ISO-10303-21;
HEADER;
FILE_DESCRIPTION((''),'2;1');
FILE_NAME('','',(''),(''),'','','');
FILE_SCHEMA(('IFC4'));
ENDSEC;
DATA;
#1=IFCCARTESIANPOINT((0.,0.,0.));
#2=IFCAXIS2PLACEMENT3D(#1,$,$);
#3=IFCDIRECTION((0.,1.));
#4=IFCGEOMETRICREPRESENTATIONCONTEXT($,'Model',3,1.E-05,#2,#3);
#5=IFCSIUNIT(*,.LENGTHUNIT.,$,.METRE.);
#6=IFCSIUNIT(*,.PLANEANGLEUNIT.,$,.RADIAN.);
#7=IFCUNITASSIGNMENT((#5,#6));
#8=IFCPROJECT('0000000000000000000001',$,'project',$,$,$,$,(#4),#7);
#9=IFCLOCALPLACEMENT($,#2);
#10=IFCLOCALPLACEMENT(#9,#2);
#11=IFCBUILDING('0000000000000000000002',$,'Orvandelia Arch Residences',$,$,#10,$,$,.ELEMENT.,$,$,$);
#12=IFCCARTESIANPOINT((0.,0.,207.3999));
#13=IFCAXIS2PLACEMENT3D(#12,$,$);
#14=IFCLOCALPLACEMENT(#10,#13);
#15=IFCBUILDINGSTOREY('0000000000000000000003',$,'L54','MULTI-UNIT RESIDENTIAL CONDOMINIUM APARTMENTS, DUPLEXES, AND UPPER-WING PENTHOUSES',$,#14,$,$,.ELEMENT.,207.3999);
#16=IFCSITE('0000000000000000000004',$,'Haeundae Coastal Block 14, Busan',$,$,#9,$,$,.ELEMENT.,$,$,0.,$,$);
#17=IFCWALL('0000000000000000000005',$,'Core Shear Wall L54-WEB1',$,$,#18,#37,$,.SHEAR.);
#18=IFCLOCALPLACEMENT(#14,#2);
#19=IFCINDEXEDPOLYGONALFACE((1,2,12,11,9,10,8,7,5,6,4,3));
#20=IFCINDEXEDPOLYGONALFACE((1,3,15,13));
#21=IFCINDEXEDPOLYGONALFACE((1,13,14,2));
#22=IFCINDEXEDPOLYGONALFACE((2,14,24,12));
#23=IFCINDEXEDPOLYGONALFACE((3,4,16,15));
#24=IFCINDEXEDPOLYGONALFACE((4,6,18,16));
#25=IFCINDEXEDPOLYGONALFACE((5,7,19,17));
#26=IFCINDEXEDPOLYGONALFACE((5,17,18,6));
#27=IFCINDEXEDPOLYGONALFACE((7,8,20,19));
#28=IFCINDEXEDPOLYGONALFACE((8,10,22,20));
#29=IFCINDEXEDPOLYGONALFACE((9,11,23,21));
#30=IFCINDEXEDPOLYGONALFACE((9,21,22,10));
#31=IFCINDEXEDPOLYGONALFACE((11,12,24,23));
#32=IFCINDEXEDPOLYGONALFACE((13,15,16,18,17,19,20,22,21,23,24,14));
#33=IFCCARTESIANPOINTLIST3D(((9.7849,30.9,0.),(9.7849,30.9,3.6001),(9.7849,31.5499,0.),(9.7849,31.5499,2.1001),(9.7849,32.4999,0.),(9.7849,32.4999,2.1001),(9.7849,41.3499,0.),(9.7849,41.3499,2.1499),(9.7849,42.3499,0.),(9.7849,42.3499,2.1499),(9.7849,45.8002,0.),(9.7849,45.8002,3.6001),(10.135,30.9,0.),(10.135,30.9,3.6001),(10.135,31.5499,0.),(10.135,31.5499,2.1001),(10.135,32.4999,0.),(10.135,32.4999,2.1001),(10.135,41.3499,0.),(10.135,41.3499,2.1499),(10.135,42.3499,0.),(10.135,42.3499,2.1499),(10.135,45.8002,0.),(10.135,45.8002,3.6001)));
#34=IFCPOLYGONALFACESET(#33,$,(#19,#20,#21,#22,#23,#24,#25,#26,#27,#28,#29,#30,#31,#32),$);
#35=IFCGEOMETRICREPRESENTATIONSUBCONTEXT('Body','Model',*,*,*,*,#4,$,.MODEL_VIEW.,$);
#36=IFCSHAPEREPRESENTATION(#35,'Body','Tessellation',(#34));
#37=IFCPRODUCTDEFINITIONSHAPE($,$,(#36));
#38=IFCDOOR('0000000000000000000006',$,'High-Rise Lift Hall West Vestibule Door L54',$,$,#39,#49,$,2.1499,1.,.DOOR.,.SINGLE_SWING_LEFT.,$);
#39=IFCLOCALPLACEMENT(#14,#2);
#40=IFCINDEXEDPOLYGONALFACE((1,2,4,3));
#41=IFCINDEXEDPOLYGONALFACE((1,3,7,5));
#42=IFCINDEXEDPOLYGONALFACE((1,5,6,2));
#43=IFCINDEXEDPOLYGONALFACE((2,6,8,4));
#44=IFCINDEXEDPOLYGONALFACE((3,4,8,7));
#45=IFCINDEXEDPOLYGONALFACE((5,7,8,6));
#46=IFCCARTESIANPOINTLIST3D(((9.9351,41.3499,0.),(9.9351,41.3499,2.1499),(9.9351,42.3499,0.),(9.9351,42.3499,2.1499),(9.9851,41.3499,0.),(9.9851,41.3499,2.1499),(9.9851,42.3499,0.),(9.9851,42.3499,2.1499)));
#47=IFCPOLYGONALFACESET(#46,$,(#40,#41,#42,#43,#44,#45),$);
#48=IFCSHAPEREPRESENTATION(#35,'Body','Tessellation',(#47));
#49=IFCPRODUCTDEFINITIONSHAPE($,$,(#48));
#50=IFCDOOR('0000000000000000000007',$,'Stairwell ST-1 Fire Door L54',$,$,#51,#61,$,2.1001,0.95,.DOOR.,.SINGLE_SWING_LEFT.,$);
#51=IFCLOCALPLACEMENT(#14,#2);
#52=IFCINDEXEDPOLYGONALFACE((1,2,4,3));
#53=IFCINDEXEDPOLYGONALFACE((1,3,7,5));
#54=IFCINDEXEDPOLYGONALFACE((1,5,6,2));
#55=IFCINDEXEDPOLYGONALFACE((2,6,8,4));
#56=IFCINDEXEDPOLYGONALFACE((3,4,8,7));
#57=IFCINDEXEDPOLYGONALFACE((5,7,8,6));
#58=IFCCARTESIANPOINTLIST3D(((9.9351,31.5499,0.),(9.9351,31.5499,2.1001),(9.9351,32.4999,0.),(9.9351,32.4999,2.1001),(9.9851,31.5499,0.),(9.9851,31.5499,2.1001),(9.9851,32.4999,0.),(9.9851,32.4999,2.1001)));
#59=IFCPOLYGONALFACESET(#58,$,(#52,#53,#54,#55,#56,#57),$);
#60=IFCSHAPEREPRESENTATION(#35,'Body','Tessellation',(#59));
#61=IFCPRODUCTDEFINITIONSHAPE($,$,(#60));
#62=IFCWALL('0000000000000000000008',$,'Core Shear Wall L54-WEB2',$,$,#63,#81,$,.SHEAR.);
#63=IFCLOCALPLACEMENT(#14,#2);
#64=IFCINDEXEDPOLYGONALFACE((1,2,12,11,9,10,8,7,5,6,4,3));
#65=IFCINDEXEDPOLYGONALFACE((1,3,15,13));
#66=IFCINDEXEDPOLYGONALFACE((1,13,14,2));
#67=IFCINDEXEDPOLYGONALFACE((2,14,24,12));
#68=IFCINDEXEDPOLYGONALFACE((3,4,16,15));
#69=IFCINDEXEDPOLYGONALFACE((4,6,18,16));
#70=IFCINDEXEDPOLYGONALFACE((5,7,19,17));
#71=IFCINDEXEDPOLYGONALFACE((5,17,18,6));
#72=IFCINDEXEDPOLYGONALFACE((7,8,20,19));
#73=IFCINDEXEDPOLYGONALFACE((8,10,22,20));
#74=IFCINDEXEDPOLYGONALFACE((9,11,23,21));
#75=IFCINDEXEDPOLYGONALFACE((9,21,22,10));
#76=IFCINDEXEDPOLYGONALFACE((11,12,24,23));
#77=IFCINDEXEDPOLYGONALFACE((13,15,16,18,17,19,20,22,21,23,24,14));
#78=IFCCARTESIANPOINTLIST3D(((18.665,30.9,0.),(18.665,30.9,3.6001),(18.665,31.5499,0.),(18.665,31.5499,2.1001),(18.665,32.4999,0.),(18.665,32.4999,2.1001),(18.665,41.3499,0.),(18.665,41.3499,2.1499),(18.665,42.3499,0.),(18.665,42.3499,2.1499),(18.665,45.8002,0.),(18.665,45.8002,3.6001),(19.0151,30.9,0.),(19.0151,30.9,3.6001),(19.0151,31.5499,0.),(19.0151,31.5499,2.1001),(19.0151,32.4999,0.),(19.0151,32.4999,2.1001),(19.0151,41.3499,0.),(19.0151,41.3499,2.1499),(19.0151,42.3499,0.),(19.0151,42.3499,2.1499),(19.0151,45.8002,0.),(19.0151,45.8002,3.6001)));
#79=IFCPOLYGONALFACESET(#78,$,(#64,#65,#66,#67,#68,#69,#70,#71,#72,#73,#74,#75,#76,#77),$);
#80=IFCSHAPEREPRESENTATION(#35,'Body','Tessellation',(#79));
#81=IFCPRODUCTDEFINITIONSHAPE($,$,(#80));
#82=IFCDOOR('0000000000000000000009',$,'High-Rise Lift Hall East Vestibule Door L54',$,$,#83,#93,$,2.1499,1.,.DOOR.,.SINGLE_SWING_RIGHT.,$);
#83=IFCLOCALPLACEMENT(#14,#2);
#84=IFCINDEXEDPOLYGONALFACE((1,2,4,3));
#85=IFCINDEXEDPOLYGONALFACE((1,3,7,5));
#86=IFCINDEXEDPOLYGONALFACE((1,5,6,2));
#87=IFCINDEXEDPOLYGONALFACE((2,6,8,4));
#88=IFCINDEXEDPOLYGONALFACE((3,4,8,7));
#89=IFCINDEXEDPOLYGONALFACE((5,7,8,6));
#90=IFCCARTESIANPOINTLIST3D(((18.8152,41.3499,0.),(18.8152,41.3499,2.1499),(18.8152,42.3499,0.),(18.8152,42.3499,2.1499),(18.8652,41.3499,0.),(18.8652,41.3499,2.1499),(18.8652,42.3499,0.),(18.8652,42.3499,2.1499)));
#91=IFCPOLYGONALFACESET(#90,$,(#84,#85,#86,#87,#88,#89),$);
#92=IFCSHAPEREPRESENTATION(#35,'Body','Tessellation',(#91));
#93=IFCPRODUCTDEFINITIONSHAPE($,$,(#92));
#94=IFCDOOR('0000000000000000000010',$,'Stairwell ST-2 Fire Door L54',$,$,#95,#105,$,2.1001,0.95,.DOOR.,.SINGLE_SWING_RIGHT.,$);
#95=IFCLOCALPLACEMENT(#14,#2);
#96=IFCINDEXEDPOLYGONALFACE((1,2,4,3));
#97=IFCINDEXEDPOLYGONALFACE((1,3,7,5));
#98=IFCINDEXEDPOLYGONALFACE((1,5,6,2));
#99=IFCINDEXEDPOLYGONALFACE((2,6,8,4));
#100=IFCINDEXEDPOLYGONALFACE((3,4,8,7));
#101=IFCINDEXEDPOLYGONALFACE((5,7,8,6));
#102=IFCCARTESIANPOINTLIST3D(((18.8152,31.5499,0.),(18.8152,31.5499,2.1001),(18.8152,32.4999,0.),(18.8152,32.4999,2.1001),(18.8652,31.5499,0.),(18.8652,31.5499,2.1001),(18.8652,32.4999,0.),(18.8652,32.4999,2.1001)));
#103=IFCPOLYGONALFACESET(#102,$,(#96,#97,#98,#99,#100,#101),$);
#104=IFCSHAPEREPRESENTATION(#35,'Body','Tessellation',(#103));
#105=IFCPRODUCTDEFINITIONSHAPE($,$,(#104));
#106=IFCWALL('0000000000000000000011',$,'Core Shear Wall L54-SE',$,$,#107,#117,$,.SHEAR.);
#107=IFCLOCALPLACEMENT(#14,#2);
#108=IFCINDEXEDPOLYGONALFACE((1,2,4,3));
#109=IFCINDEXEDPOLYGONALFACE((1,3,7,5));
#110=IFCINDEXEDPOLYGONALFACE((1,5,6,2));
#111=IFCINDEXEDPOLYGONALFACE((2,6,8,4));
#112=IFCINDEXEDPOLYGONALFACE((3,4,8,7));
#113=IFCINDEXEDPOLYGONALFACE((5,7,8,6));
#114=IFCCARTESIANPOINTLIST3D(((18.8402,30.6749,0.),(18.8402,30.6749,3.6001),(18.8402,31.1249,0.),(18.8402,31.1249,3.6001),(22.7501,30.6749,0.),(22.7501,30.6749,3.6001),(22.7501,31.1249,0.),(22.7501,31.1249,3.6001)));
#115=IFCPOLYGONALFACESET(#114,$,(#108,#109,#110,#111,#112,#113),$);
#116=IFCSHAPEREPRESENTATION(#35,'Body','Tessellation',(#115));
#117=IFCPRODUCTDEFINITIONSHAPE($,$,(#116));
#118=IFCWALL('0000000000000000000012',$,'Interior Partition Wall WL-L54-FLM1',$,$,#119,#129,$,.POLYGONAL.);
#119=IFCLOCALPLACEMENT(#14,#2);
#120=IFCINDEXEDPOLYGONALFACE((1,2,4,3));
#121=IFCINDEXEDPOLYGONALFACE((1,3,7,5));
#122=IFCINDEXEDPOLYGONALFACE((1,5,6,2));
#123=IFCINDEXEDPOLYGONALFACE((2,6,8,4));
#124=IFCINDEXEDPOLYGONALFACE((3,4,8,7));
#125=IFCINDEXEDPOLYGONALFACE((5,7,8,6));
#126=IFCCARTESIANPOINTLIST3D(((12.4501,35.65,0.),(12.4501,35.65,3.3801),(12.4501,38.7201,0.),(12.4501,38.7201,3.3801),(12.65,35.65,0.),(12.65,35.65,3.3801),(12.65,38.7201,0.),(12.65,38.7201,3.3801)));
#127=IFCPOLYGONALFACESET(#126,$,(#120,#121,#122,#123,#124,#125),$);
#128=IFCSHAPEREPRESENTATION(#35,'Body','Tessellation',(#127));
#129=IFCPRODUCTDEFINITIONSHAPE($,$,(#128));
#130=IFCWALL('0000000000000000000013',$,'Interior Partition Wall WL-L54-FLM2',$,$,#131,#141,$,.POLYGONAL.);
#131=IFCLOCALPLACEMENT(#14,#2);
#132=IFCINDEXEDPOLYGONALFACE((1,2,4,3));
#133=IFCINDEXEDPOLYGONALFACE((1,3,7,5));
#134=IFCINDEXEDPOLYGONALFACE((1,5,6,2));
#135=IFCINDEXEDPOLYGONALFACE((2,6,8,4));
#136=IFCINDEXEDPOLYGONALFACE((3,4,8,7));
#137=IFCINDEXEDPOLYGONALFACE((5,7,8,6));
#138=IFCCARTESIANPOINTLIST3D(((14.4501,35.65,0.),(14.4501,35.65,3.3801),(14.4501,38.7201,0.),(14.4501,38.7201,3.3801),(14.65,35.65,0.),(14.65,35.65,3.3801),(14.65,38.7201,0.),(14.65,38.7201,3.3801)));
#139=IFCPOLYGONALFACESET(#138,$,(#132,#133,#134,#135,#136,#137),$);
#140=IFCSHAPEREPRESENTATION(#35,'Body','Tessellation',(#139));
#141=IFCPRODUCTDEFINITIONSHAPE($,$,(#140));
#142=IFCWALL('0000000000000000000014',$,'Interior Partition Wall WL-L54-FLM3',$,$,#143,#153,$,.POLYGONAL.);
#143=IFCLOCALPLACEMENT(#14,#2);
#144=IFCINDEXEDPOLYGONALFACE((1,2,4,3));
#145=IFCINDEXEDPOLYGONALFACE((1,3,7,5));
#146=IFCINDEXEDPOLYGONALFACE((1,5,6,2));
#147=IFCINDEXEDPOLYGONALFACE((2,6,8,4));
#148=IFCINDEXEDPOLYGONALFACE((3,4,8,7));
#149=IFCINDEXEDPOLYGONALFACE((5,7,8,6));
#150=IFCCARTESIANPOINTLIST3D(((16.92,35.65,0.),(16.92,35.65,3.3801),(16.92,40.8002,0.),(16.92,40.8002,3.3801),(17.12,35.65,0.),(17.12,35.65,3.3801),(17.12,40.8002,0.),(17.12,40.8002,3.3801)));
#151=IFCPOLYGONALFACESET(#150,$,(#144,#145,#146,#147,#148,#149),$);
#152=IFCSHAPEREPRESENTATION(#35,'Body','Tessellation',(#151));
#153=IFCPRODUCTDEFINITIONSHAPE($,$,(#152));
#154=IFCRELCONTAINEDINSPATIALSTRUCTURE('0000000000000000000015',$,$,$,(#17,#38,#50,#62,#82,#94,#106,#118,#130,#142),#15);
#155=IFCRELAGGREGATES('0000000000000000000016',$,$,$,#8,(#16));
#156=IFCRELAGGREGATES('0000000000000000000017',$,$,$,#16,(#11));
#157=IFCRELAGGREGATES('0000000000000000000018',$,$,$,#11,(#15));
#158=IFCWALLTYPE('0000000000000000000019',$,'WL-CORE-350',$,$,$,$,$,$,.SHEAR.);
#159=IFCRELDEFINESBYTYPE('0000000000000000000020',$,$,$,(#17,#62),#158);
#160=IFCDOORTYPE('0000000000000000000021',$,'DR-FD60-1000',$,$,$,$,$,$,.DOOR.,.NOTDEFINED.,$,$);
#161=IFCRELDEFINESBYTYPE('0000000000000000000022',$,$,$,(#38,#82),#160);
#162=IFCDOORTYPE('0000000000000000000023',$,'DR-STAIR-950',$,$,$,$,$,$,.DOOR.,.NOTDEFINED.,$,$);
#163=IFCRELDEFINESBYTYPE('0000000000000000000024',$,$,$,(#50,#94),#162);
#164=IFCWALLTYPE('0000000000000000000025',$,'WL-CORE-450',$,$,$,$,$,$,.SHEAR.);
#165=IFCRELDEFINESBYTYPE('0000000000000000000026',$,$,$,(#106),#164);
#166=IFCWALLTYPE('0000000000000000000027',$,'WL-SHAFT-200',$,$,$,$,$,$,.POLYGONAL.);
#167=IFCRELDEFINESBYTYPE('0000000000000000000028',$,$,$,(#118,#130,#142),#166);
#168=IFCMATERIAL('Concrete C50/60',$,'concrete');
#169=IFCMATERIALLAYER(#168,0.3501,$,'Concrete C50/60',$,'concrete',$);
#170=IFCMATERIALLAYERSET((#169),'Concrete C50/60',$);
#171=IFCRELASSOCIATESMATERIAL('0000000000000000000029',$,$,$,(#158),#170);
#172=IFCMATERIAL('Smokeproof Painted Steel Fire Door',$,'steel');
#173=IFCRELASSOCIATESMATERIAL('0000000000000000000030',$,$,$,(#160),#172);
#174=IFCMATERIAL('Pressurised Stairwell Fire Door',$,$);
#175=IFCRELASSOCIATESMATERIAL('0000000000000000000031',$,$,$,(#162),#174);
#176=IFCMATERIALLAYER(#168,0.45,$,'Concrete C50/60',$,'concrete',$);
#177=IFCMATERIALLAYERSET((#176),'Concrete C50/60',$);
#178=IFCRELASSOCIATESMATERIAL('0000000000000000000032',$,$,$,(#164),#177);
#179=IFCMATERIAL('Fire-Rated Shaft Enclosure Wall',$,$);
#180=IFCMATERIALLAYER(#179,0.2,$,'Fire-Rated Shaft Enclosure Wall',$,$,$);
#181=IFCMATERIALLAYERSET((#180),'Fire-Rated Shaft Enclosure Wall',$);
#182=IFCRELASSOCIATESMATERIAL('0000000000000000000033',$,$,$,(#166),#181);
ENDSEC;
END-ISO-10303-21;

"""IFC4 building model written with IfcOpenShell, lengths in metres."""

from ifc_helpers import new_model, si_unit, direction, frame, frame_2d, origin, place, context, subcontext, project, spatial, rectangle, extrude, material, layer, layer_set, type_object, element, fill, save


model = new_model("IFC4")

# Units and contexts
model_context = context("Model", 3, precision=1e-05, world=origin(), true_north=direction((0.0, 1.0)))
body_context = subcontext(model_context, "Body", "Model", "MODEL_VIEW")
ifc_project = project(units=[si_unit("LENGTHUNIT", "METRE"), si_unit("PLANEANGLEUNIT", "RADIAN")], contexts=[model_context])

# Site, building, storey
site_placement = place(None, origin())
site = spatial("IfcSite", under=ifc_project, at=site_placement, Name="Haeundae Coastal Block 14, Busan", CompositionType="ELEMENT", RefElevation=0.0)
building_placement = place(site_placement, origin())
building = spatial("IfcBuilding", under=site, at=building_placement, Name="Orvandelia Arch Residences", CompositionType="ELEMENT")
storey_placement = place(building_placement, frame((0.0, 0.0, 207.3999)))
storey = spatial("IfcBuildingStorey", under=building, at=storey_placement, Name="L54", Description="MULTI-UNIT RESIDENTIAL CONDOMINIUM APARTMENTS, DUPLEXES, AND UPPER-WING PENTHOUSES", CompositionType="ELEMENT", Elevation=207.3999)

# Walls, openings, doors
ifc_material_1 = material(Name="Concrete C50/60", Category="concrete")
ifc_layer_1 = layer(ifc_material_1, 0.3501, Name="Concrete C50/60", Category="concrete")
ifc_layer_set_1 = layer_set([ifc_layer_1], Name="Concrete C50/60")
wall_type_1 = type_object("IfcWallType", Name="WL-CORE-350", PredefinedType="SHEAR", material=ifc_layer_set_1)
wall_1_placement = place(storey_placement, frame((9.96, 30.8999, 0.0), z_axis=(0.0, 0.0, 1.0), x_axis=(0.0, 1.0, 0.0)))
wall_1 = element("IfcWall", 1, at=wall_1_placement, inside=storey, type_object=wall_type_1, Name="Core Shear Wall L54-WEB1", PredefinedType="SHEAR", context=body_context, shape_type="SweptSolid", body=[
    extrude(rectangle(XDim=14.9001, YDim=0.3501, at=frame_2d((7.4502, 0.0))), origin(), (0.0, 0.0, 1.0), 3.6001),
])
opening_1_placement = place(wall_1_placement, frame((0.6499, 0.0, 0.0)))
opening_1 = element("IfcOpeningElement", 2, at=opening_1_placement, cuts=wall_1, PredefinedType="OPENING", context=body_context, shape_type="SweptSolid", body=[
    extrude(rectangle(XDim=0.95, YDim=2.1001, at=frame_2d((0.4751, 1.05))), frame((0.0, 0.1851, 0.0), z_axis=(0.0, -1.0, 0.0), x_axis=(1.0, 0.0, 0.0)), (0.0, 0.0, 1.0), 0.3701),
])
opening_2_placement = place(wall_1_placement, frame((10.45, 0.0, 0.0)))
opening_2 = element("IfcOpeningElement", 3, at=opening_2_placement, cuts=wall_1, PredefinedType="OPENING", context=body_context, shape_type="SweptSolid", body=[
    extrude(rectangle(XDim=1.0, YDim=2.1499, at=frame_2d((0.5, 1.075))), frame((0.0, 0.1851, 0.0), z_axis=(0.0, -1.0, 0.0), x_axis=(1.0, 0.0, 0.0)), (0.0, 0.0, 1.0), 0.3701),
])
ifc_material_2 = material(Name="Smokeproof Painted Steel Fire Door", Category="steel")
door_type_1 = type_object("IfcDoorType", Name="DR-FD60-1000", OperationType="NOTDEFINED", PredefinedType="DOOR", material=ifc_material_2)
door_1_placement = place(opening_2_placement, origin())
door_1 = element("IfcDoor", 4, at=door_1_placement, inside=storey, type_object=door_type_1, Name="High-Rise Lift Hall West Vestibule Door L54", OperationType="SINGLE_SWING_LEFT", OverallHeight=2.1499, OverallWidth=1.0, PredefinedType="DOOR", context=body_context, shape_type="SweptSolid", body=[
    extrude(rectangle(XDim=1.0, YDim=2.1499, at=frame_2d((0.5, 1.075))), frame((0.0, 0.0249, 0.0), z_axis=(0.0, -1.0, 0.0), x_axis=(1.0, 0.0, 0.0)), (0.0, 0.0, 1.0), 0.05),
])
fill(opening_2, door_1)
ifc_material_3 = material(Name="Pressurised Stairwell Fire Door")
door_type_2 = type_object("IfcDoorType", Name="DR-STAIR-950", OperationType="NOTDEFINED", PredefinedType="DOOR", material=ifc_material_3)
door_2_placement = place(opening_1_placement, origin())
door_2 = element("IfcDoor", 5, at=door_2_placement, inside=storey, type_object=door_type_2, Name="Stairwell ST-1 Fire Door L54", OperationType="SINGLE_SWING_LEFT", OverallHeight=2.1001, OverallWidth=0.95, PredefinedType="DOOR", context=body_context, shape_type="SweptSolid", body=[
    extrude(rectangle(XDim=0.95, YDim=2.1001, at=frame_2d((0.4751, 1.05))), frame((0.0, 0.0249, 0.0), z_axis=(0.0, -1.0, 0.0), x_axis=(1.0, 0.0, 0.0)), (0.0, 0.0, 1.0), 0.05),
])
fill(opening_1, door_2)
wall_2_placement = place(storey_placement, frame((18.8401, 30.8999, 0.0), z_axis=(0.0, 0.0, 1.0), x_axis=(0.0, 1.0, 0.0)))
wall_2 = element("IfcWall", 6, at=wall_2_placement, inside=storey, type_object=wall_type_1, Name="Core Shear Wall L54-WEB2", PredefinedType="SHEAR", context=body_context, shape_type="SweptSolid", body=[
    extrude(rectangle(XDim=14.9001, YDim=0.3501, at=frame_2d((7.4502, 0.0))), origin(), (0.0, 0.0, 1.0), 3.6001),
])
opening_3_placement = place(wall_2_placement, frame((0.6499, 0.0, 0.0)))
opening_3 = element("IfcOpeningElement", 7, at=opening_3_placement, cuts=wall_2, PredefinedType="OPENING", context=body_context, shape_type="SweptSolid", body=[
    extrude(rectangle(XDim=0.95, YDim=2.1001, at=frame_2d((0.4751, 1.05))), frame((0.0, 0.1851, 0.0), z_axis=(0.0, -1.0, 0.0), x_axis=(1.0, 0.0, 0.0)), (0.0, 0.0, 1.0), 0.3701),
])
opening_4_placement = place(wall_2_placement, frame((10.45, 0.0, 0.0)))
opening_4 = element("IfcOpeningElement", 8, at=opening_4_placement, cuts=wall_2, PredefinedType="OPENING", context=body_context, shape_type="SweptSolid", body=[
    extrude(rectangle(XDim=1.0, YDim=2.1499, at=frame_2d((0.5, 1.075))), frame((0.0, 0.1851, 0.0), z_axis=(0.0, -1.0, 0.0), x_axis=(1.0, 0.0, 0.0)), (0.0, 0.0, 1.0), 0.3701),
])
door_3_placement = place(opening_4_placement, origin())
door_3 = element("IfcDoor", 9, at=door_3_placement, inside=storey, type_object=door_type_1, Name="High-Rise Lift Hall East Vestibule Door L54", OperationType="SINGLE_SWING_RIGHT", OverallHeight=2.1499, OverallWidth=1.0, PredefinedType="DOOR", context=body_context, shape_type="SweptSolid", body=[
    extrude(rectangle(XDim=1.0, YDim=2.1499, at=frame_2d((0.5, 1.075))), frame((0.0, 0.0249, 0.0), z_axis=(0.0, -1.0, 0.0), x_axis=(1.0, 0.0, 0.0)), (0.0, 0.0, 1.0), 0.05),
])
fill(opening_4, door_3)
door_4_placement = place(opening_3_placement, origin())
door_4 = element("IfcDoor", 10, at=door_4_placement, inside=storey, type_object=door_type_2, Name="Stairwell ST-2 Fire Door L54", OperationType="SINGLE_SWING_RIGHT", OverallHeight=2.1001, OverallWidth=0.95, PredefinedType="DOOR", context=body_context, shape_type="SweptSolid", body=[
    extrude(rectangle(XDim=0.95, YDim=2.1001, at=frame_2d((0.4751, 1.05))), frame((0.0, 0.0249, 0.0), z_axis=(0.0, -1.0, 0.0), x_axis=(1.0, 0.0, 0.0)), (0.0, 0.0, 1.0), 0.05),
])
fill(opening_3, door_4)

# Walls
ifc_layer_2 = layer(ifc_material_1, 0.45, Name="Concrete C50/60", Category="concrete")
ifc_layer_set_2 = layer_set([ifc_layer_2], Name="Concrete C50/60")
wall_type_2 = type_object("IfcWallType", Name="WL-CORE-450", PredefinedType="SHEAR", material=ifc_layer_set_2)
wall_3_placement = place(storey_placement, frame((18.8401, 30.8999, 0.0), z_axis=(0.0, 0.0, 1.0), x_axis=(1.0, 0.0, 0.0)))
element("IfcWall", 11, at=wall_3_placement, inside=storey, type_object=wall_type_2, Name="Core Shear Wall L54-SE", PredefinedType="SHEAR", context=body_context, shape_type="SweptSolid", body=[
    extrude(rectangle(XDim=3.9099, YDim=0.45, at=frame_2d((1.9551, 0.0))), origin(), (0.0, 0.0, 1.0), 3.6001),
])
ifc_material_4 = material(Name="Fire-Rated Shaft Enclosure Wall")
ifc_layer_3 = layer(ifc_material_4, 0.2, Name="Fire-Rated Shaft Enclosure Wall")
ifc_layer_set_3 = layer_set([ifc_layer_3], Name="Fire-Rated Shaft Enclosure Wall")
wall_type_3 = type_object("IfcWallType", Name="WL-SHAFT-200", PredefinedType="POLYGONAL", material=ifc_layer_set_3)
for number, where, z_axis, x_axis, name in (
    (12, (12.55, 35.6499, 0.0), (0.0, 0.0, 1.0), (0.0, 1.0, 0.0), "Interior Partition Wall WL-L54-FLM1"),
    (13, (14.55, 35.6499, 0.0), (0.0, 0.0, 1.0), (0.0, 1.0, 0.0), "Interior Partition Wall WL-L54-FLM2"),
):
    element("IfcWall", number, at=place(storey_placement, frame(where, z_axis=z_axis, x_axis=x_axis)), inside=storey, type_object=wall_type_3, Name=name, PredefinedType="POLYGONAL", context=body_context, shape_type="SweptSolid", body=[
        extrude(rectangle(XDim=3.0701, YDim=0.2, at=frame_2d((1.5352, 0.0))), origin(), (0.0, 0.0, 1.0), 3.3801),
    ])
wall_4_placement = place(storey_placement, frame((17.02, 35.6499, 0.0), z_axis=(0.0, 0.0, 1.0), x_axis=(0.0, 1.0, 0.0)))
element("IfcWall", 14, at=wall_4_placement, inside=storey, type_object=wall_type_3, Name="Interior Partition Wall WL-L54-FLM3", PredefinedType="POLYGONAL", context=body_context, shape_type="SweptSolid", body=[
    extrude(rectangle(XDim=5.1501, YDim=0.2, at=frame_2d((2.5752, 0.0))), origin(), (0.0, 0.0, 1.0), 3.3801),
])

save(model, "model.ifc")
